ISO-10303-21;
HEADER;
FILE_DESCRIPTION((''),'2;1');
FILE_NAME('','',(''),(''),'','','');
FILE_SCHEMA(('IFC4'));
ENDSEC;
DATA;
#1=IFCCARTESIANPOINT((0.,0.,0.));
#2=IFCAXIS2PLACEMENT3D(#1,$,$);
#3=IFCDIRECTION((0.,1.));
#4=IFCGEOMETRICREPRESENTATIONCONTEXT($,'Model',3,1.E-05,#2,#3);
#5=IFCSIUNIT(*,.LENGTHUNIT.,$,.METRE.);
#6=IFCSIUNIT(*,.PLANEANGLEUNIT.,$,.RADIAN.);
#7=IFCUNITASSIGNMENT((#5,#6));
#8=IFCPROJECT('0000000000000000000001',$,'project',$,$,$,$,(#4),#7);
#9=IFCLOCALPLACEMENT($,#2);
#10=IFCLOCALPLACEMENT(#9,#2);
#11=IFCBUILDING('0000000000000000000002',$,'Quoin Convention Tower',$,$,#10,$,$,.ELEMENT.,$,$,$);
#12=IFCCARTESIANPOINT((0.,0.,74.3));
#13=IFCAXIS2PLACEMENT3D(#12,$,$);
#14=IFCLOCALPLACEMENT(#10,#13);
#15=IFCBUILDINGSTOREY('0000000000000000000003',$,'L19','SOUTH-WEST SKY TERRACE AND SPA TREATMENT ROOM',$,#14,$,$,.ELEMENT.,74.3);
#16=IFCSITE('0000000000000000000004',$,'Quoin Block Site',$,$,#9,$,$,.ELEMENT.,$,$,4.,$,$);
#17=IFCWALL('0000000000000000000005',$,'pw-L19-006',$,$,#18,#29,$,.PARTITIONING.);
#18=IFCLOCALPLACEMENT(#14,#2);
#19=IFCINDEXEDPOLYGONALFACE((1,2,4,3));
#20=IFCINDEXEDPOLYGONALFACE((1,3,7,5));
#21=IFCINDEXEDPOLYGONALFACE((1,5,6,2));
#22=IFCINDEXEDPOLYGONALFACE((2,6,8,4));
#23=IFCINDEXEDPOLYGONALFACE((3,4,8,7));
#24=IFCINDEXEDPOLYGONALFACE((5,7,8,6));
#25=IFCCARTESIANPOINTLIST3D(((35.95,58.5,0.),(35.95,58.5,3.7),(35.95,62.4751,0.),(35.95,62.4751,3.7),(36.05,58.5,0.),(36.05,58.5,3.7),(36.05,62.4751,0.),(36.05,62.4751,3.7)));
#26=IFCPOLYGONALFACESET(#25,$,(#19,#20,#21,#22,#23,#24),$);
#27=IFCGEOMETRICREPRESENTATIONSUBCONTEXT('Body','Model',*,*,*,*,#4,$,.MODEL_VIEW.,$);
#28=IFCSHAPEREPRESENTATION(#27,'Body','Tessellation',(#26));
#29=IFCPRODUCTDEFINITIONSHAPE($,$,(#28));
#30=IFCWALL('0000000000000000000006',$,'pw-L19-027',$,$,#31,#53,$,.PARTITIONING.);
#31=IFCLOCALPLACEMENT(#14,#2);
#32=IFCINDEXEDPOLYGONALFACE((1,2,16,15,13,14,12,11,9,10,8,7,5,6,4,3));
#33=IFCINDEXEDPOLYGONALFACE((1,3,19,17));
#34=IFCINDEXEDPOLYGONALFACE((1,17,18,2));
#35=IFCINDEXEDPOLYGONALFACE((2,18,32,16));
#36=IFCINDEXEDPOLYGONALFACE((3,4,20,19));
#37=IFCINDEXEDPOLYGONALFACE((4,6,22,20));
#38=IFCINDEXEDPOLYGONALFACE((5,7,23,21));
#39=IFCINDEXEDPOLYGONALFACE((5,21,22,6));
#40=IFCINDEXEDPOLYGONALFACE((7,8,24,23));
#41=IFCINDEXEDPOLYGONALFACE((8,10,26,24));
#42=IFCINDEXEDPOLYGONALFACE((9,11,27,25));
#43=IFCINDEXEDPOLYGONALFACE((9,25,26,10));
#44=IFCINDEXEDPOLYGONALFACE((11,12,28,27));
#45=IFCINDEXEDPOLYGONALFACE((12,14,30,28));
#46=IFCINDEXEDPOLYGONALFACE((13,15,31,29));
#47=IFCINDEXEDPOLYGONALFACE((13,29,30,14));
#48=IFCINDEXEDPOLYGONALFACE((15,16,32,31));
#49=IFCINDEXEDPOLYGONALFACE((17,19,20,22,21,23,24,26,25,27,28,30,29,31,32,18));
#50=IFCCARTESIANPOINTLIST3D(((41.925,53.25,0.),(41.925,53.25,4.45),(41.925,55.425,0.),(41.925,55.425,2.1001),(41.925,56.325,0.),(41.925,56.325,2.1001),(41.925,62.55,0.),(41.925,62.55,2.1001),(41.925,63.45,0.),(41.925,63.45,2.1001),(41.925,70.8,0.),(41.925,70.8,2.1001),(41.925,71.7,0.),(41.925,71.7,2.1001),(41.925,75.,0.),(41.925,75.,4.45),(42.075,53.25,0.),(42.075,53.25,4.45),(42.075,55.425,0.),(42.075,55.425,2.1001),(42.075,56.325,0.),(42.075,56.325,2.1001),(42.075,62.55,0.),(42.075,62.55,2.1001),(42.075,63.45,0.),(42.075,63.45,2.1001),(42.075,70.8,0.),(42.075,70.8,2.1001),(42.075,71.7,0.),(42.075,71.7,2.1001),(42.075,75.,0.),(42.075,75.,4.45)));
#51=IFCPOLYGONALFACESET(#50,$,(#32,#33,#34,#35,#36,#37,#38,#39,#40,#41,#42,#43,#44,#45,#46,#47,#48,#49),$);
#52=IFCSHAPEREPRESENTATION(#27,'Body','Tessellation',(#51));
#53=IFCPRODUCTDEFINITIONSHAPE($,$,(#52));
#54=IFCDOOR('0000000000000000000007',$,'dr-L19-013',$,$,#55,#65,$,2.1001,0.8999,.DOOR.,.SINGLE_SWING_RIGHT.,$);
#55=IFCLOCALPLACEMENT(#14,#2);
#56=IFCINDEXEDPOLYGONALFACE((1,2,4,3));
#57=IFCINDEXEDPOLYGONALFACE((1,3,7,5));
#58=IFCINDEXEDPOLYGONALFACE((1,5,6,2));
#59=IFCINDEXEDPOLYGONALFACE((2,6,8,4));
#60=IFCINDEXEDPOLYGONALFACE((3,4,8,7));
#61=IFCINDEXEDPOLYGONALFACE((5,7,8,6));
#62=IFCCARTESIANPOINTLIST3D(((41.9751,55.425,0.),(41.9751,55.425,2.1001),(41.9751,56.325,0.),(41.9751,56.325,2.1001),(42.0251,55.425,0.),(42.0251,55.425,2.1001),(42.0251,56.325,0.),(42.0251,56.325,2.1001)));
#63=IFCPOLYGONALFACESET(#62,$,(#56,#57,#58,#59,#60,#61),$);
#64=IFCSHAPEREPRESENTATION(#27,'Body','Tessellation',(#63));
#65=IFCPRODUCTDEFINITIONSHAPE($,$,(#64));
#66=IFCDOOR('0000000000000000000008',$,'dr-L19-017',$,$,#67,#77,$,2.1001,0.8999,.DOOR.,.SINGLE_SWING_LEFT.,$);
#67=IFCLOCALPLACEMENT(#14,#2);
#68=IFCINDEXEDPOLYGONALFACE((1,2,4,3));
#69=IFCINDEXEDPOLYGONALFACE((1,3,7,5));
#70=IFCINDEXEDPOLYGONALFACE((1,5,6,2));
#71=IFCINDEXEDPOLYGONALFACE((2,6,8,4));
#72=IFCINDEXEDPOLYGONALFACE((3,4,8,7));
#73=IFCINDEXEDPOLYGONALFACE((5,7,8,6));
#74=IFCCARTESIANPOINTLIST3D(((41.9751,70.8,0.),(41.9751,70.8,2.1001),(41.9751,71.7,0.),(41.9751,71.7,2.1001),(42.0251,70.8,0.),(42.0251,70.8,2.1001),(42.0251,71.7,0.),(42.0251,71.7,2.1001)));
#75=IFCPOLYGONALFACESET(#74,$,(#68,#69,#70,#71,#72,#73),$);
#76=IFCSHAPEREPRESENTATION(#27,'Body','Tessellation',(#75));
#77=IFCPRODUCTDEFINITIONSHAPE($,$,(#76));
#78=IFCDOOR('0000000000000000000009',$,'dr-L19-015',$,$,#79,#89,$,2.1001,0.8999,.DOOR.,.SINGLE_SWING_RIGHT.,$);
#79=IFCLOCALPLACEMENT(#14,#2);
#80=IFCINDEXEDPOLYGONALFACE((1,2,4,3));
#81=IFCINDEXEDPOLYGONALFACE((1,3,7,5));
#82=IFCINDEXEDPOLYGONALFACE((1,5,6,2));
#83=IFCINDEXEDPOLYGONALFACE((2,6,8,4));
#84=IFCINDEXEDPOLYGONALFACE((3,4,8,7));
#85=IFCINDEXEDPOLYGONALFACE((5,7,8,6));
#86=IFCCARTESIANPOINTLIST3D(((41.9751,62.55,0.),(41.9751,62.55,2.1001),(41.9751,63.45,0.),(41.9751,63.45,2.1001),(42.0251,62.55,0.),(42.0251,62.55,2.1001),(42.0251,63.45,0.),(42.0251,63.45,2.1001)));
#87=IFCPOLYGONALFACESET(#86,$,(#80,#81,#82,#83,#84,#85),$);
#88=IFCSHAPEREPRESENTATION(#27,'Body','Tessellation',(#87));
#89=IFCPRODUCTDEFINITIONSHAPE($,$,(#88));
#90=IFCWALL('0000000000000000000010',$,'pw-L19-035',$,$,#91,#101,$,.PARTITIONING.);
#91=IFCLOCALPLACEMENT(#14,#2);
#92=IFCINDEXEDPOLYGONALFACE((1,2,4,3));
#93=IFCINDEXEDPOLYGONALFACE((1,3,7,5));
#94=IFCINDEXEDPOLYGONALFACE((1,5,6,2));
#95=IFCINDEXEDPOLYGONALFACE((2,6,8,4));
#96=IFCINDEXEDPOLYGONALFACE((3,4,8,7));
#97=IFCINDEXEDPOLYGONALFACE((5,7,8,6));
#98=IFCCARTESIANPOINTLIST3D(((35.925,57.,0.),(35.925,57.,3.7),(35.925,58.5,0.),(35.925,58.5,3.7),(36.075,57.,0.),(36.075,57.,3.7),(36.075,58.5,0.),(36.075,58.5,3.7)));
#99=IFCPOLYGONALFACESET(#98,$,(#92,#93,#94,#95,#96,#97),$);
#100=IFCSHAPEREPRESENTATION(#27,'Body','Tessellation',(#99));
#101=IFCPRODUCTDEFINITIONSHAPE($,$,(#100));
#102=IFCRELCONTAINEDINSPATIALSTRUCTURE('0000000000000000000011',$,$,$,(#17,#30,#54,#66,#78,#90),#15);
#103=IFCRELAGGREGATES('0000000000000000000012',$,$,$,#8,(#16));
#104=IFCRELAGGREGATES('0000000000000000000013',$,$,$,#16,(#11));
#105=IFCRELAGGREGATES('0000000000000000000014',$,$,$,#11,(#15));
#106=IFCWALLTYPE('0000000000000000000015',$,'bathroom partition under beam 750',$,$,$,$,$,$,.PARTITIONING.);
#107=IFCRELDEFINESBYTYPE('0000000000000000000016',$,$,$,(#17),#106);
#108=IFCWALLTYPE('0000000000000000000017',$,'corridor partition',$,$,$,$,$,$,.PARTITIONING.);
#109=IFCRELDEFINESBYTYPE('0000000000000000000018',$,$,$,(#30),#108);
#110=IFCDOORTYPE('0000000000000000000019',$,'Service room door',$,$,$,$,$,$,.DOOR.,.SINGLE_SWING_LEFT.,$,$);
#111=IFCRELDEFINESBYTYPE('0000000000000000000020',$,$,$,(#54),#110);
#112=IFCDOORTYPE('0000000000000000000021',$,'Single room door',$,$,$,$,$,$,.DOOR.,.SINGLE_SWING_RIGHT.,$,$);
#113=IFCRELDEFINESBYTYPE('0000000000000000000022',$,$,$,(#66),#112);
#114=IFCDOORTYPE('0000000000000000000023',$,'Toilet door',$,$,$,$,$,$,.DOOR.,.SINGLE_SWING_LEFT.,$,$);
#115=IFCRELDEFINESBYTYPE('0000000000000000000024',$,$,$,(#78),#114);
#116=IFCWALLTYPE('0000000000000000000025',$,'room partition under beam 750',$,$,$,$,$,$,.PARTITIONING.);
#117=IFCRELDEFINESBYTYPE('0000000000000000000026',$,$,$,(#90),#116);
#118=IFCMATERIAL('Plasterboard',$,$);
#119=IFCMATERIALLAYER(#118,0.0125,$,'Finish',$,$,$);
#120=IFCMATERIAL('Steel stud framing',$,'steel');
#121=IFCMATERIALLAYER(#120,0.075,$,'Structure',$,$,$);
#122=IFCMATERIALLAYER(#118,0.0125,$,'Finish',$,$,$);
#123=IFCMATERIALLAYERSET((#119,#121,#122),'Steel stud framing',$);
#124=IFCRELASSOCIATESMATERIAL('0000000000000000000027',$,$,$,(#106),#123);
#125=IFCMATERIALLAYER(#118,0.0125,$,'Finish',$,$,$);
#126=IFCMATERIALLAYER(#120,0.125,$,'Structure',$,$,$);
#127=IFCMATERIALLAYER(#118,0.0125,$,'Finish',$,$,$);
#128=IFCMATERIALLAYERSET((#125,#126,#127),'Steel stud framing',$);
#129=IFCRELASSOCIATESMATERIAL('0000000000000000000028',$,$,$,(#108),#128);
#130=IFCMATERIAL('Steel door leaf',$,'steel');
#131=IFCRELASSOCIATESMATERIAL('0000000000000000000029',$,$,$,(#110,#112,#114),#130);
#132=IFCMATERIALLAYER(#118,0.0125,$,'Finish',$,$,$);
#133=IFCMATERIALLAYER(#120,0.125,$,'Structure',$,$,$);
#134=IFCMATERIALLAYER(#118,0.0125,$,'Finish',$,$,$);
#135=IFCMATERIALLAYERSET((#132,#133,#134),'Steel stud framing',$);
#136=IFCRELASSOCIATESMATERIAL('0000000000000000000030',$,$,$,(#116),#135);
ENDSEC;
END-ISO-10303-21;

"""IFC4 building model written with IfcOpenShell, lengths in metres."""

from ifc_helpers import new_model, si_unit, direction, frame, frame_2d, origin, place, context, subcontext, project, spatial, rectangle, extrude, material, layer, layer_set, type_object, element, fill, save


model = new_model("IFC4")

# Units and contexts
model_context = context("Model", 3, precision=1e-05, world=origin(), true_north=direction((0.0, 1.0)))
body_context = subcontext(model_context, "Body", "Model", "MODEL_VIEW")
ifc_project = project(units=[si_unit("LENGTHUNIT", "METRE"), si_unit("PLANEANGLEUNIT", "RADIAN")], contexts=[model_context])

# Site, building, storey
site_placement = place(None, origin())
site = spatial("IfcSite", under=ifc_project, at=site_placement, Name="Quoin Block Site", CompositionType="ELEMENT", RefElevation=4.0)
building_placement = place(site_placement, origin())
building = spatial("IfcBuilding", under=site, at=building_placement, Name="Quoin Convention Tower", CompositionType="ELEMENT")
storey_placement = place(building_placement, frame((0.0, 0.0, 74.3)))
storey = spatial("IfcBuildingStorey", under=building, at=storey_placement, Name="L19", Description="SOUTH-WEST SKY TERRACE AND SPA TREATMENT ROOM", CompositionType="ELEMENT", Elevation=74.3)

# Wall
ifc_material_1 = material(Name="Plasterboard")
ifc_material_2 = material(Name="Steel stud framing", Category="steel")
ifc_layer_1 = layer(ifc_material_1, 0.0125, Name="Finish")
ifc_layer_2 = layer(ifc_material_2, 0.075, Name="Structure")
ifc_layer_3 = layer(ifc_material_1, 0.0125, Name="Finish")
ifc_layer_set_1 = layer_set([ifc_layer_1, ifc_layer_2, ifc_layer_3], Name="Steel stud framing")
wall_type_1 = type_object("IfcWallType", Name="bathroom partition under beam 750", PredefinedType="PARTITIONING", material=ifc_layer_set_1)
wall_1_placement = place(storey_placement, frame((36.0, 58.5, 0.0), z_axis=(0.0, 0.0, 1.0), x_axis=(0.0, 1.0, 0.0)))
element("IfcWall", 1, at=wall_1_placement, inside=storey, type_object=wall_type_1, Name="pw-L19-006", PredefinedType="PARTITIONING", context=body_context, shape_type="SweptSolid", body=[
    extrude(rectangle(XDim=3.9751, YDim=0.1001, at=frame_2d((1.9875, 0.0))), origin(), (0.0, 0.0, 1.0), 3.7),
])

# Wall, openings, doors
ifc_layer_4 = layer(ifc_material_1, 0.0125, Name="Finish")
ifc_layer_5 = layer(ifc_material_2, 0.125, Name="Structure")
ifc_layer_6 = layer(ifc_material_1, 0.0125, Name="Finish")
ifc_layer_set_2 = layer_set([ifc_layer_4, ifc_layer_5, ifc_layer_6], Name="Steel stud framing")
wall_type_2 = type_object("IfcWallType", Name="corridor partition", PredefinedType="PARTITIONING", material=ifc_layer_set_2)
wall_2_placement = place(storey_placement, frame((42.0, 53.25, 0.0), z_axis=(0.0, 0.0, 1.0), x_axis=(0.0, 1.0, 0.0)))
wall_2 = element("IfcWall", 2, at=wall_2_placement, inside=storey, type_object=wall_type_2, Name="pw-L19-027", PredefinedType="PARTITIONING", context=body_context, shape_type="SweptSolid", body=[
    extrude(rectangle(XDim=21.75, YDim=0.1499, at=frame_2d((10.875, 0.0))), origin(), (0.0, 0.0, 1.0), 4.45),
])
opening_1_placement = place(wall_2_placement, frame((2.175, 0.0, 0.0)))
opening_1 = element("IfcOpeningElement", 3, at=opening_1_placement, cuts=wall_2, PredefinedType="OPENING", context=body_context, shape_type="SweptSolid", body=[
    extrude(rectangle(XDim=0.8999, YDim=2.1001, at=frame_2d((0.45, 1.05))), frame((0.0, 0.085, 0.0), z_axis=(0.0, -1.0, 0.0), x_axis=(1.0, 0.0, 0.0)), (0.0, 0.0, 1.0), 0.1699),
])
opening_2_placement = place(wall_2_placement, frame((9.3, 0.0, 0.0)))
opening_2 = element("IfcOpeningElement", 4, at=opening_2_placement, cuts=wall_2, PredefinedType="OPENING", context=body_context, shape_type="SweptSolid", body=[
    extrude(rectangle(XDim=0.8999, YDim=2.1001, at=frame_2d((0.45, 1.05))), frame((0.0, 0.085, 0.0), z_axis=(0.0, -1.0, 0.0), x_axis=(1.0, 0.0, 0.0)), (0.0, 0.0, 1.0), 0.1699),
])
opening_3_placement = place(wall_2_placement, frame((17.55, 0.0, 0.0)))
opening_3 = element("IfcOpeningElement", 5, at=opening_3_placement, cuts=wall_2, PredefinedType="OPENING", context=body_context, shape_type="SweptSolid", body=[
    extrude(rectangle(XDim=0.8999, YDim=2.1001, at=frame_2d((0.45, 1.05))), frame((0.0, 0.085, 0.0), z_axis=(0.0, -1.0, 0.0), x_axis=(1.0, 0.0, 0.0)), (0.0, 0.0, 1.0), 0.1699),
])
ifc_material_3 = material(Name="Steel door leaf", Category="steel")
door_type_1 = type_object("IfcDoorType", Name="Service room door", OperationType="SINGLE_SWING_LEFT", PredefinedType="DOOR", material=ifc_material_3)
door_1_placement = place(opening_1_placement, origin())
door_1 = element("IfcDoor", 6, at=door_1_placement, inside=storey, type_object=door_type_1, Name="dr-L19-013", OperationType="SINGLE_SWING_RIGHT", OverallHeight=2.1001, OverallWidth=0.8999, PredefinedType="DOOR", context=body_context, shape_type="SweptSolid", body=[
    extrude(rectangle(XDim=0.8999, YDim=2.1001, at=frame_2d((0.45, 1.05))), frame((0.0, 0.0249, 0.0), z_axis=(0.0, -1.0, 0.0), x_axis=(1.0, 0.0, 0.0)), (0.0, 0.0, 1.0), 0.05),
])
fill(opening_1, door_1)
door_type_2 = type_object("IfcDoorType", Name="Single room door", OperationType="SINGLE_SWING_RIGHT", PredefinedType="DOOR", material=ifc_material_3)
door_2_placement = place(opening_3_placement, origin())
door_2 = element("IfcDoor", 7, at=door_2_placement, inside=storey, type_object=door_type_2, Name="dr-L19-017", OperationType="SINGLE_SWING_LEFT", OverallHeight=2.1001, OverallWidth=0.8999, PredefinedType="DOOR", context=body_context, shape_type="SweptSolid", body=[
    extrude(rectangle(XDim=0.8999, YDim=2.1001, at=frame_2d((0.45, 1.05))), frame((0.0, 0.0249, 0.0), z_axis=(0.0, -1.0, 0.0), x_axis=(1.0, 0.0, 0.0)), (0.0, 0.0, 1.0), 0.05),
])
fill(opening_3, door_2)
door_type_3 = type_object("IfcDoorType", Name="Toilet door", OperationType="SINGLE_SWING_LEFT", PredefinedType="DOOR", material=ifc_material_3)
door_3_placement = place(opening_2_placement, origin())
door_3 = element("IfcDoor", 8, at=door_3_placement, inside=storey, type_object=door_type_3, Name="dr-L19-015", OperationType="SINGLE_SWING_RIGHT", OverallHeight=2.1001, OverallWidth=0.8999, PredefinedType="DOOR", context=body_context, shape_type="SweptSolid", body=[
    extrude(rectangle(XDim=0.8999, YDim=2.1001, at=frame_2d((0.45, 1.05))), frame((0.0, 0.0249, 0.0), z_axis=(0.0, -1.0, 0.0), x_axis=(1.0, 0.0, 0.0)), (0.0, 0.0, 1.0), 0.05),
])
fill(opening_2, door_3)

# Wall
ifc_layer_7 = layer(ifc_material_1, 0.0125, Name="Finish")
ifc_layer_8 = layer(ifc_material_2, 0.125, Name="Structure")
ifc_layer_9 = layer(ifc_material_1, 0.0125, Name="Finish")
ifc_layer_set_3 = layer_set([ifc_layer_7, ifc_layer_8, ifc_layer_9], Name="Steel stud framing")
wall_type_3 = type_object("IfcWallType", Name="room partition under beam 750", PredefinedType="PARTITIONING", material=ifc_layer_set_3)
wall_3_placement = place(storey_placement, frame((36.0, 57.0, 0.0), z_axis=(0.0, 0.0, 1.0), x_axis=(0.0, 1.0, 0.0)))
element("IfcWall", 9, at=wall_3_placement, inside=storey, type_object=wall_type_3, Name="pw-L19-035", PredefinedType="PARTITIONING", context=body_context, shape_type="SweptSolid", body=[
    extrude(rectangle(XDim=1.5, YDim=0.1499, at=frame_2d((0.75, 0.0))), origin(), (0.0, 0.0, 1.0), 3.7),
])

save(model, "model.ifc")
